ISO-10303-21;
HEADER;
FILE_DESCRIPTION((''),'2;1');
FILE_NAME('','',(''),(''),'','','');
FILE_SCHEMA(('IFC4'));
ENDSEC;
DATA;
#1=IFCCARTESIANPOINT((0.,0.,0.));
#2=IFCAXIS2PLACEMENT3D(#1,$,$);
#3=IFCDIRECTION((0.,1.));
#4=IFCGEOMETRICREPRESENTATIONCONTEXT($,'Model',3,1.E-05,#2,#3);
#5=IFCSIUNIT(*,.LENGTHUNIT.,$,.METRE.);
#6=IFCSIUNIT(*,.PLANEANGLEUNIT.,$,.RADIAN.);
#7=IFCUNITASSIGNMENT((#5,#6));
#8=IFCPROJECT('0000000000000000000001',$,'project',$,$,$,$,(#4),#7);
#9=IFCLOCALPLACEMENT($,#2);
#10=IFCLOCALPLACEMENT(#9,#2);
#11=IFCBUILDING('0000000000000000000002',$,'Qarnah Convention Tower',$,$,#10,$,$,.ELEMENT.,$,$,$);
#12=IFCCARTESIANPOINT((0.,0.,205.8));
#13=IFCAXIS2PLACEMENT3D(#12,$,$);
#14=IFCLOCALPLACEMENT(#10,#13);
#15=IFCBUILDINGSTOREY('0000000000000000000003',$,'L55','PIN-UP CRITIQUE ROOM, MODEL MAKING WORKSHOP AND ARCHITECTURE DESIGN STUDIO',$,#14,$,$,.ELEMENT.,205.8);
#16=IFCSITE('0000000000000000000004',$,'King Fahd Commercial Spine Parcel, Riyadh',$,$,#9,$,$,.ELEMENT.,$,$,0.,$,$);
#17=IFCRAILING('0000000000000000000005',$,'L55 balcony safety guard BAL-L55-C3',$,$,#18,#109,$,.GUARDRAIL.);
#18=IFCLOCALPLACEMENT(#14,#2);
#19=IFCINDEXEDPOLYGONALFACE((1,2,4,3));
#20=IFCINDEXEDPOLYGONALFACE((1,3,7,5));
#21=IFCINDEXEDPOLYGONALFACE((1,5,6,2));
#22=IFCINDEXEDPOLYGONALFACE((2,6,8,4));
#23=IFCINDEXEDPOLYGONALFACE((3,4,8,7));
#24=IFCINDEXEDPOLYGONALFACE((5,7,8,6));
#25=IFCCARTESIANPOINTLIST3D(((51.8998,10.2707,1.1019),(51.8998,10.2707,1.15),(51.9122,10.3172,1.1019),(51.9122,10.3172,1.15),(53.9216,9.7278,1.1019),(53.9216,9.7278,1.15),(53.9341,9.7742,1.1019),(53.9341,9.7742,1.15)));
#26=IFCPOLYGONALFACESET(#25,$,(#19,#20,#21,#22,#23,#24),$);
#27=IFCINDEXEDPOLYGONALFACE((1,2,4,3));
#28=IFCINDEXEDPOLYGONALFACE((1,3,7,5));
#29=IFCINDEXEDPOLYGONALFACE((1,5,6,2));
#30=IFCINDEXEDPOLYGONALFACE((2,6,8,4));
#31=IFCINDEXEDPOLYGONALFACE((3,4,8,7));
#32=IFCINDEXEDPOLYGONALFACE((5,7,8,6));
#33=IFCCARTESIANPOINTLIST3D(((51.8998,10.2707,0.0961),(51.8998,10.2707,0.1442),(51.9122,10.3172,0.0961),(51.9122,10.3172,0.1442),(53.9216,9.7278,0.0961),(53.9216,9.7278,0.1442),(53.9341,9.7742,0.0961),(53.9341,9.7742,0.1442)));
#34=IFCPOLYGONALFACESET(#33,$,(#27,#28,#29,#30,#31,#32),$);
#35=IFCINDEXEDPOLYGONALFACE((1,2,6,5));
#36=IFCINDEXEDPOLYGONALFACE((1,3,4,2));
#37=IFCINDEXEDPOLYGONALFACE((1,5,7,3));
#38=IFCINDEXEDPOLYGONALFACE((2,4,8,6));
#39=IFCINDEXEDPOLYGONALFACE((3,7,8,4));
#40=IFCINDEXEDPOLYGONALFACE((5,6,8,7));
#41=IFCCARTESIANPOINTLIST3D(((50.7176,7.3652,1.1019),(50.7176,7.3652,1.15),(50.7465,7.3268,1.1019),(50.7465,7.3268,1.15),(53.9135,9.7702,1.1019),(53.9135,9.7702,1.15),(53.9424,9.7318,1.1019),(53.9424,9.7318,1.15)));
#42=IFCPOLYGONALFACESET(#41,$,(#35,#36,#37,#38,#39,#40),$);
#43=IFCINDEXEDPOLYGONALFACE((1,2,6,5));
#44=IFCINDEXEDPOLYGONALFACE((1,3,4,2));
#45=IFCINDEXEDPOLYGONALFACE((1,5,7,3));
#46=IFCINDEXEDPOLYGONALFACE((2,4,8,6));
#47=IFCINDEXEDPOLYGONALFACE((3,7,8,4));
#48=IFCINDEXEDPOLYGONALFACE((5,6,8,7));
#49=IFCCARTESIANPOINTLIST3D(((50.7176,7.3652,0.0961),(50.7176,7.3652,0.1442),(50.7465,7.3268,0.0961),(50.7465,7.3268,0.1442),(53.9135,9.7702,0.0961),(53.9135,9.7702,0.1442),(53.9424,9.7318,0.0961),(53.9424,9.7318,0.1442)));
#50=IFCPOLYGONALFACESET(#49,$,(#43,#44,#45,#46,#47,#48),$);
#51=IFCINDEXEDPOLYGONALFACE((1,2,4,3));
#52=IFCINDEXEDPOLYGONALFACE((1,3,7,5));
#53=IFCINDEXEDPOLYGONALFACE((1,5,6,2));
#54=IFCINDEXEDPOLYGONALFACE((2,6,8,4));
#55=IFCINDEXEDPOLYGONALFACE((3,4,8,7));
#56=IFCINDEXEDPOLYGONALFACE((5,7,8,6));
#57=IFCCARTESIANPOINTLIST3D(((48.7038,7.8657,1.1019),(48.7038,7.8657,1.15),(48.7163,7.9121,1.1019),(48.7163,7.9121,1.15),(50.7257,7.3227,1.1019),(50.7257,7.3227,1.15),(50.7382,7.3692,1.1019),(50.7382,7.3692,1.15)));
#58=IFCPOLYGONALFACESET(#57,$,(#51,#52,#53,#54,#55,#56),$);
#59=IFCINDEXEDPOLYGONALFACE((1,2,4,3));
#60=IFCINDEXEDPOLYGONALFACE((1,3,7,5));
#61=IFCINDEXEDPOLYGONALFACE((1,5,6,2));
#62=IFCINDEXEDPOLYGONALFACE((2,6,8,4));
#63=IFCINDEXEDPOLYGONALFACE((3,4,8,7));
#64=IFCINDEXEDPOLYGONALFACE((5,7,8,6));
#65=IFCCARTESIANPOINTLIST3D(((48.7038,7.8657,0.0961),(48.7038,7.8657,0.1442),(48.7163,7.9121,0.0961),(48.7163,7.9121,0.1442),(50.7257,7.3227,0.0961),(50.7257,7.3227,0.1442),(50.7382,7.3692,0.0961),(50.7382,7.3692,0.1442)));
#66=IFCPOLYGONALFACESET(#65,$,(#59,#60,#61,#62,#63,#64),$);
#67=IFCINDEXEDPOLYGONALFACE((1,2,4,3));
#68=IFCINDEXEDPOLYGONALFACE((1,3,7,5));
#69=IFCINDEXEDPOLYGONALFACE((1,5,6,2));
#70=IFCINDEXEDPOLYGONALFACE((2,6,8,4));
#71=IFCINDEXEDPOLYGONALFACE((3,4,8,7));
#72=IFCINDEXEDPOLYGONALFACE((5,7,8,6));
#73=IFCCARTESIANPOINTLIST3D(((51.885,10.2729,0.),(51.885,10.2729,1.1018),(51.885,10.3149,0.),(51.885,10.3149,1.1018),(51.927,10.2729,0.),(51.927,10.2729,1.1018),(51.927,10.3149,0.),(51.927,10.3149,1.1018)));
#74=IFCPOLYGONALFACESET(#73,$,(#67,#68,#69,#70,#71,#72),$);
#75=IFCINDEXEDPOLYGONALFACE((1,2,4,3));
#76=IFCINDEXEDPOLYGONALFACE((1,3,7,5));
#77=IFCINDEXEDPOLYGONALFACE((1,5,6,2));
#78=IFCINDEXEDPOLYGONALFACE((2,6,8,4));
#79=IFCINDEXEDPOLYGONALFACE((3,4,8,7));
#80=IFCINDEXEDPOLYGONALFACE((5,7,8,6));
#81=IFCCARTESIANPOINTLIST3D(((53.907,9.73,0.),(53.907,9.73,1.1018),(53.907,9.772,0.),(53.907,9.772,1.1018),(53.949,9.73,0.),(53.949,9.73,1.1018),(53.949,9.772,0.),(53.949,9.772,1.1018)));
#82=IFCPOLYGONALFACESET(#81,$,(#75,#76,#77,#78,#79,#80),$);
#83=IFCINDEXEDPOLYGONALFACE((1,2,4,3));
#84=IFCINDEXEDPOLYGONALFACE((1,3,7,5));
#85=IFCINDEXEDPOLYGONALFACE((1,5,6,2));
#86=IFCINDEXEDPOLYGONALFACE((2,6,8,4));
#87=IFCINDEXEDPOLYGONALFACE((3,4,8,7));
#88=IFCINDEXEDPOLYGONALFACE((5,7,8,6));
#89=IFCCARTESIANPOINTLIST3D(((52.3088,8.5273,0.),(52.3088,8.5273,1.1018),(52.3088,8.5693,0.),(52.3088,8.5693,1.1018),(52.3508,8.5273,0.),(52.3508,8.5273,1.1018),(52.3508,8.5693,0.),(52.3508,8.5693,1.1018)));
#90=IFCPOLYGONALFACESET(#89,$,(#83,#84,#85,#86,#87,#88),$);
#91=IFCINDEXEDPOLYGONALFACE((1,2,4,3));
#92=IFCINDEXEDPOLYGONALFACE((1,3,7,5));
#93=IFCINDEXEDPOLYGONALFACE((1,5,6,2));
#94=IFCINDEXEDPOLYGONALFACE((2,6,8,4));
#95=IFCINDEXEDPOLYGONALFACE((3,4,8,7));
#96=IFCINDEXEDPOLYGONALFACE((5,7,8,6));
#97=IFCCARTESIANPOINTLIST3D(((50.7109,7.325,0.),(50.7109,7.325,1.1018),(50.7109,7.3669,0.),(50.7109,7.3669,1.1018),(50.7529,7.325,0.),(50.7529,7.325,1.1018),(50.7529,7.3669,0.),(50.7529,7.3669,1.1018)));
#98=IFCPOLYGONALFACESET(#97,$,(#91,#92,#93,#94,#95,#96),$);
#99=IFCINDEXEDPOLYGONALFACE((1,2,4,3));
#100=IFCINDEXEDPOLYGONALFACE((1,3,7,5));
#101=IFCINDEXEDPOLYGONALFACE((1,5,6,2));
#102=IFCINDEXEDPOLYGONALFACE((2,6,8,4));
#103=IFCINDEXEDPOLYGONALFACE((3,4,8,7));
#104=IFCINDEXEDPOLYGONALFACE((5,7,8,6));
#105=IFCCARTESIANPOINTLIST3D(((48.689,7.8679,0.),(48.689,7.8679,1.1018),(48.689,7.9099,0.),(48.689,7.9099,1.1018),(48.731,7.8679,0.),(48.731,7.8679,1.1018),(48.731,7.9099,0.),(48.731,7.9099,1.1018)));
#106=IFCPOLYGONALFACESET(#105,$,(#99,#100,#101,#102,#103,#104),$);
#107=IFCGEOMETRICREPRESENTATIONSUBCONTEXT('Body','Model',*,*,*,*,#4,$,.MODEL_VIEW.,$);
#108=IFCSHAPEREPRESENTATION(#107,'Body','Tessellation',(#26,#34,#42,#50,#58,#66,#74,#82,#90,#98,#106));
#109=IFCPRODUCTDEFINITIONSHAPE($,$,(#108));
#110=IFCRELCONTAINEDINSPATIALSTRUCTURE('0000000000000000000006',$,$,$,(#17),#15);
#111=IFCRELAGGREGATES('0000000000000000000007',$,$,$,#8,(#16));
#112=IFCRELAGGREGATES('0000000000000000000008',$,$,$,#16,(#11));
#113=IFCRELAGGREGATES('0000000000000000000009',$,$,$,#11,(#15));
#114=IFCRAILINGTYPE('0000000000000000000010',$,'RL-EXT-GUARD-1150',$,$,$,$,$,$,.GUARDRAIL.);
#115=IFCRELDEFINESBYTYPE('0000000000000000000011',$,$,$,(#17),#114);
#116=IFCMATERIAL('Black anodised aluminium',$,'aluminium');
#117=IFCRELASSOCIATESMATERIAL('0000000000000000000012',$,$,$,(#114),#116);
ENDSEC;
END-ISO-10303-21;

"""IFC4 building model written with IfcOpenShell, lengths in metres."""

from ifc_helpers import new_model, si_unit, direction, frame, origin, origin_2d, place, context, subcontext, project, spatial, rectangle, extrude, material, type_object, element, save


model = new_model("IFC4")

# Units and contexts
model_context = context("Model", 3, precision=1e-05, world=origin(), true_north=direction((0.0, 1.0)))
body_context = subcontext(model_context, "Body", "Model", "MODEL_VIEW")
ifc_project = project(units=[si_unit("LENGTHUNIT", "METRE"), si_unit("PLANEANGLEUNIT", "RADIAN")], contexts=[model_context])

# Site, building, storey
site_placement = place(None, origin())
site = spatial("IfcSite", under=ifc_project, at=site_placement, Name="King Fahd Commercial Spine Parcel, Riyadh", CompositionType="ELEMENT", RefElevation=0.0)
building_placement = place(site_placement, origin())
building = spatial("IfcBuilding", under=site, at=building_placement, Name="Qarnah Convention Tower", CompositionType="ELEMENT")
storey_placement = place(building_placement, frame((0.0, 0.0, 205.8)))
storey = spatial("IfcBuildingStorey", under=building, at=storey_placement, Name="L55", Description="PIN-UP CRITIQUE ROOM, MODEL MAKING WORKSHOP AND ARCHITECTURE DESIGN STUDIO", CompositionType="ELEMENT", Elevation=205.8)

# Shared definitions
ifc_material_1 = material(Name="Black anodised aluminium", Category="aluminium")

# Railing
railing_type = type_object("IfcRailingType", Name="RL-EXT-GUARD-1150", PredefinedType="GUARDRAIL", material=ifc_material_1)
railing_1_placement = place(storey_placement, frame((51.906, 10.2939, 0.0)))
element("IfcRailing", 1, at=railing_1_placement, inside=storey, type_object=railing_type, Name="L55 balcony safety guard BAL-L55-C3", PredefinedType="GUARDRAIL", context=body_context, shape_type="SweptSolid", body=[
    extrude(rectangle(XDim=0.0481, YDim=0.0481, at=origin_2d()), frame((0.0, 0.0, 1.126), z_axis=(0.965784, -0.259346, 0.0), x_axis=(0.259346, 0.965784, 0.0)), (0.0, 0.0, 1.0), 2.0935),
    extrude(rectangle(XDim=0.0481, YDim=0.0481, at=origin_2d()), frame((0.0, 0.0, 0.1201), z_axis=(0.965784, -0.259346, 0.0), x_axis=(0.259346, 0.965784, 0.0)), (0.0, 0.0, 1.0), 2.0935),
    extrude(rectangle(XDim=0.0481, YDim=0.0481, at=origin_2d()), frame((2.022, -0.543, 1.126), z_axis=(-0.799039, -0.601279, 0.0), x_axis=(0.601279, -0.799039, 0.0)), (0.0, 0.0, 1.0), 3.9998),
    extrude(rectangle(XDim=0.0481, YDim=0.0481, at=origin_2d()), frame((2.022, -0.543, 0.1201), z_axis=(-0.799039, -0.601279, 0.0), x_axis=(0.601279, -0.799039, 0.0)), (0.0, 0.0, 1.0), 3.9998),
    extrude(rectangle(XDim=0.0481, YDim=0.0481, at=origin_2d()), frame((-1.1741, -2.948, 1.126), z_axis=(-0.965784, 0.259346, 0.0), x_axis=(-0.259346, -0.965784, 0.0)), (0.0, 0.0, 1.0), 2.0935),
    extrude(rectangle(XDim=0.0481, YDim=0.0481, at=origin_2d()), frame((-1.1741, -2.948, 0.1201), z_axis=(-0.965784, 0.259346, 0.0), x_axis=(-0.259346, -0.965784, 0.0)), (0.0, 0.0, 1.0), 2.0935),
    extrude(rectangle(XDim=0.042, YDim=0.042, at=origin_2d()), origin(), (0.0, 0.0, 1.0), 1.1018),
    extrude(rectangle(XDim=0.042, YDim=0.042, at=origin_2d()), frame((2.022, -0.543, 0.0)), (0.0, 0.0, 1.0), 1.1018),
    extrude(rectangle(XDim=0.042, YDim=0.042, at=origin_2d()), frame((0.4238, -1.7456, 0.0)), (0.0, 0.0, 1.0), 1.1018),
    extrude(rectangle(XDim=0.042, YDim=0.042, at=origin_2d()), frame((-1.1741, -2.948, 0.0)), (0.0, 0.0, 1.0), 1.1018),
    extrude(rectangle(XDim=0.042, YDim=0.042, at=origin_2d()), frame((-3.196, -2.405, 0.0)), (0.0, 0.0, 1.0), 1.1018),
])

save(model, "model.ifc")
